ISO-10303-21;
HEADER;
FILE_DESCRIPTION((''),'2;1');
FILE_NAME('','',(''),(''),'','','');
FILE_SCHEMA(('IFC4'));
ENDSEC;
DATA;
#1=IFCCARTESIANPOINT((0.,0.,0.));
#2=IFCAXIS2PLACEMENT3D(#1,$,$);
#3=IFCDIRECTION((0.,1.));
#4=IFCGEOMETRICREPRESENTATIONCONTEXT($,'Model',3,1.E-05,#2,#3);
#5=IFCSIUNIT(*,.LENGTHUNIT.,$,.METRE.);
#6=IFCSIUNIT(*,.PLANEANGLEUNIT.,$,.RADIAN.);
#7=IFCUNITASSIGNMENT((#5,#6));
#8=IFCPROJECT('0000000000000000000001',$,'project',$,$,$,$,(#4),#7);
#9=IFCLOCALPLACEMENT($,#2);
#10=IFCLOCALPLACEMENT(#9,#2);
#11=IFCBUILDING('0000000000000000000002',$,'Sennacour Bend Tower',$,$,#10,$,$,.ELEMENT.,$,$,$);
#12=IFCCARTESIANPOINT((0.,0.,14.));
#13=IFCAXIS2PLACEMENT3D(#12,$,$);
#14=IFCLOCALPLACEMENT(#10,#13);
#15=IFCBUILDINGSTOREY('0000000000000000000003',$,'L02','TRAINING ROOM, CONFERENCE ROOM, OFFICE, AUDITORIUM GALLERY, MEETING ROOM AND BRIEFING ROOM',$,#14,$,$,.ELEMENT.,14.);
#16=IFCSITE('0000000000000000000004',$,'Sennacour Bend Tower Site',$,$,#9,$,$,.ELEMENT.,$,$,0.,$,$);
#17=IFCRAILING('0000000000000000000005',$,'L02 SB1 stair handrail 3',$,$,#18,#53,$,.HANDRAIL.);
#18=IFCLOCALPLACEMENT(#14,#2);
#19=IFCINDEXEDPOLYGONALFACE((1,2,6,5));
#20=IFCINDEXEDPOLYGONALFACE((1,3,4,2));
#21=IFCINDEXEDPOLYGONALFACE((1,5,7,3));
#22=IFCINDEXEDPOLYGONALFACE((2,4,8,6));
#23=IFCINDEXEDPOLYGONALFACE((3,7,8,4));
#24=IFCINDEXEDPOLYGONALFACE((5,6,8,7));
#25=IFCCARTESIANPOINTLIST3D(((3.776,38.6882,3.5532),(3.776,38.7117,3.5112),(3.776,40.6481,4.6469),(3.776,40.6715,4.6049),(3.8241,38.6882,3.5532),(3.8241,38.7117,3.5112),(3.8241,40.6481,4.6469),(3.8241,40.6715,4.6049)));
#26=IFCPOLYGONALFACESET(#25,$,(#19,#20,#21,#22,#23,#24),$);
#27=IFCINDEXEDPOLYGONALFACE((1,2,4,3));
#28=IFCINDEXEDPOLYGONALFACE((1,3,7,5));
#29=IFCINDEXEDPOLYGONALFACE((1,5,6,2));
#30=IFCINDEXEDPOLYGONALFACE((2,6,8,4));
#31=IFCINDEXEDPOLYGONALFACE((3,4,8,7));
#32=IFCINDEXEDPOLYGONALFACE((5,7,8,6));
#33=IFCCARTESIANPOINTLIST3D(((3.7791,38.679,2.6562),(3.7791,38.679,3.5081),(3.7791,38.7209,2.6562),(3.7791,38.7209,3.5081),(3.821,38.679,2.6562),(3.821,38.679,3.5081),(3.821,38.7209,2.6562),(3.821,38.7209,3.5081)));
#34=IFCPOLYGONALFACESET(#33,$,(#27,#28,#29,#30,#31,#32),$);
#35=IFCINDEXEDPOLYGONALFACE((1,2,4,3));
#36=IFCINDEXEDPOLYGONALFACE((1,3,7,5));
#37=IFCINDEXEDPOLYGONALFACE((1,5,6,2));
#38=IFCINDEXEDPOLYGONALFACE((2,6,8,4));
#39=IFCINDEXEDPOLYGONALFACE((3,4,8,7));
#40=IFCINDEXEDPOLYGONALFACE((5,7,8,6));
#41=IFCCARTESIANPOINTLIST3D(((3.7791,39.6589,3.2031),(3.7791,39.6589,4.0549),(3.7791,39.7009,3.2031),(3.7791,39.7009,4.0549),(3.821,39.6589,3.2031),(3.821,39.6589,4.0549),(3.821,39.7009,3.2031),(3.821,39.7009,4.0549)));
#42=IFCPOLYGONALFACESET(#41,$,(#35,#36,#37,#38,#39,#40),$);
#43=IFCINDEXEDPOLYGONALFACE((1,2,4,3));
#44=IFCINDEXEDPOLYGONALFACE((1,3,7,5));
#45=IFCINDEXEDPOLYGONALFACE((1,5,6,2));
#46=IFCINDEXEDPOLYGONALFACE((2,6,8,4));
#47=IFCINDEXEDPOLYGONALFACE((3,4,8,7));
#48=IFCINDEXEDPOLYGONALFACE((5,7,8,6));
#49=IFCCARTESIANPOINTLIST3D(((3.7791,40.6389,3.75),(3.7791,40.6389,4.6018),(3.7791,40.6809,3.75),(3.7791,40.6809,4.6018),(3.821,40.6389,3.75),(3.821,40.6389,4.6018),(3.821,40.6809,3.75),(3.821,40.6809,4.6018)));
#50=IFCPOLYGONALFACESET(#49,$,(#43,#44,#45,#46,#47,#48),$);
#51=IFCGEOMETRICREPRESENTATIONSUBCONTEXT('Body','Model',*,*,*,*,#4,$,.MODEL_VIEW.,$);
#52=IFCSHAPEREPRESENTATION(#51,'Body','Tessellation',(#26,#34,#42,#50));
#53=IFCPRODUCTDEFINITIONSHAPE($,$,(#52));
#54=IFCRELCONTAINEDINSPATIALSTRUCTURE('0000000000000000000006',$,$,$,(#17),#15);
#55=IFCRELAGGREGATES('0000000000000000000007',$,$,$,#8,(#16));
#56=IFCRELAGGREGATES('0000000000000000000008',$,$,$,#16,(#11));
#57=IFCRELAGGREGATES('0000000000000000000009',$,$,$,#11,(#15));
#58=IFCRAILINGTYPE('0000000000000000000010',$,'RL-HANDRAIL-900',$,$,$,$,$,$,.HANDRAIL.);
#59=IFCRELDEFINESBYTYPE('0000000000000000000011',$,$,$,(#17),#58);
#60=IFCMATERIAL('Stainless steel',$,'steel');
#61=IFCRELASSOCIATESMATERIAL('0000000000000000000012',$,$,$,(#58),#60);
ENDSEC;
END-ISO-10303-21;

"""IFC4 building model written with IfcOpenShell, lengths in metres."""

from ifc_helpers import new_model, si_unit, direction, frame, origin, origin_2d, place, context, subcontext, project, spatial, rectangle, extrude, material, type_object, element, save


model = new_model("IFC4")

# Units and contexts
model_context = context("Model", 3, precision=1e-05, world=origin(), true_north=direction((0.0, 1.0)))
body_context = subcontext(model_context, "Body", "Model", "MODEL_VIEW")
ifc_project = project(units=[si_unit("LENGTHUNIT", "METRE"), si_unit("PLANEANGLEUNIT", "RADIAN")], contexts=[model_context])

# Site, building, storey
site_placement = place(None, origin())
site = spatial("IfcSite", under=ifc_project, at=site_placement, Name="Sennacour Bend Tower Site", CompositionType="ELEMENT", RefElevation=0.0)
building_placement = place(site_placement, origin())
building = spatial("IfcBuilding", under=site, at=building_placement, Name="Sennacour Bend Tower", CompositionType="ELEMENT")
storey_placement = place(building_placement, frame((0.0, 0.0, 14.0)))
storey = spatial("IfcBuildingStorey", under=building, at=storey_placement, Name="L02", Description="TRAINING ROOM, CONFERENCE ROOM, OFFICE, AUDITORIUM GALLERY, MEETING ROOM AND BRIEFING ROOM", CompositionType="ELEMENT", Elevation=14.0)

# Shared definitions
ifc_material_1 = material(Name="Stainless steel", Category="steel")

# Railing
railing_type_1 = type_object("IfcRailingType", Name="RL-HANDRAIL-900", PredefinedType="HANDRAIL", material=ifc_material_1)
railing_placement = place(storey_placement, frame((3.8, 38.7, 2.6562)))
element("IfcRailing", 1, at=railing_placement, inside=storey, type_object=railing_type_1, Name="L02 SB1 stair handrail 3", PredefinedType="HANDRAIL", context=body_context, shape_type="SweptSolid", body=[
    extrude(rectangle(XDim=0.0481, YDim=0.0481, at=origin_2d()), frame((0.0, 0.0, 0.876), z_axis=(0.0, 0.873232, 0.487304), x_axis=(-1.0, 0.0, 0.0)), (0.0, 0.0, 1.0), 2.2444),
    extrude(rectangle(XDim=0.042, YDim=0.042, at=origin_2d()), origin(), (0.0, 0.0, 1.0), 0.8518),
    extrude(rectangle(XDim=0.042, YDim=0.042, at=origin_2d()), frame((0.0, 0.98, 0.5469)), (0.0, 0.0, 1.0), 0.8518),
    extrude(rectangle(XDim=0.042, YDim=0.042, at=origin_2d()), frame((0.0, 1.96, 1.0938)), (0.0, 0.0, 1.0), 0.8518),
])

save(model, "model.ifc")
